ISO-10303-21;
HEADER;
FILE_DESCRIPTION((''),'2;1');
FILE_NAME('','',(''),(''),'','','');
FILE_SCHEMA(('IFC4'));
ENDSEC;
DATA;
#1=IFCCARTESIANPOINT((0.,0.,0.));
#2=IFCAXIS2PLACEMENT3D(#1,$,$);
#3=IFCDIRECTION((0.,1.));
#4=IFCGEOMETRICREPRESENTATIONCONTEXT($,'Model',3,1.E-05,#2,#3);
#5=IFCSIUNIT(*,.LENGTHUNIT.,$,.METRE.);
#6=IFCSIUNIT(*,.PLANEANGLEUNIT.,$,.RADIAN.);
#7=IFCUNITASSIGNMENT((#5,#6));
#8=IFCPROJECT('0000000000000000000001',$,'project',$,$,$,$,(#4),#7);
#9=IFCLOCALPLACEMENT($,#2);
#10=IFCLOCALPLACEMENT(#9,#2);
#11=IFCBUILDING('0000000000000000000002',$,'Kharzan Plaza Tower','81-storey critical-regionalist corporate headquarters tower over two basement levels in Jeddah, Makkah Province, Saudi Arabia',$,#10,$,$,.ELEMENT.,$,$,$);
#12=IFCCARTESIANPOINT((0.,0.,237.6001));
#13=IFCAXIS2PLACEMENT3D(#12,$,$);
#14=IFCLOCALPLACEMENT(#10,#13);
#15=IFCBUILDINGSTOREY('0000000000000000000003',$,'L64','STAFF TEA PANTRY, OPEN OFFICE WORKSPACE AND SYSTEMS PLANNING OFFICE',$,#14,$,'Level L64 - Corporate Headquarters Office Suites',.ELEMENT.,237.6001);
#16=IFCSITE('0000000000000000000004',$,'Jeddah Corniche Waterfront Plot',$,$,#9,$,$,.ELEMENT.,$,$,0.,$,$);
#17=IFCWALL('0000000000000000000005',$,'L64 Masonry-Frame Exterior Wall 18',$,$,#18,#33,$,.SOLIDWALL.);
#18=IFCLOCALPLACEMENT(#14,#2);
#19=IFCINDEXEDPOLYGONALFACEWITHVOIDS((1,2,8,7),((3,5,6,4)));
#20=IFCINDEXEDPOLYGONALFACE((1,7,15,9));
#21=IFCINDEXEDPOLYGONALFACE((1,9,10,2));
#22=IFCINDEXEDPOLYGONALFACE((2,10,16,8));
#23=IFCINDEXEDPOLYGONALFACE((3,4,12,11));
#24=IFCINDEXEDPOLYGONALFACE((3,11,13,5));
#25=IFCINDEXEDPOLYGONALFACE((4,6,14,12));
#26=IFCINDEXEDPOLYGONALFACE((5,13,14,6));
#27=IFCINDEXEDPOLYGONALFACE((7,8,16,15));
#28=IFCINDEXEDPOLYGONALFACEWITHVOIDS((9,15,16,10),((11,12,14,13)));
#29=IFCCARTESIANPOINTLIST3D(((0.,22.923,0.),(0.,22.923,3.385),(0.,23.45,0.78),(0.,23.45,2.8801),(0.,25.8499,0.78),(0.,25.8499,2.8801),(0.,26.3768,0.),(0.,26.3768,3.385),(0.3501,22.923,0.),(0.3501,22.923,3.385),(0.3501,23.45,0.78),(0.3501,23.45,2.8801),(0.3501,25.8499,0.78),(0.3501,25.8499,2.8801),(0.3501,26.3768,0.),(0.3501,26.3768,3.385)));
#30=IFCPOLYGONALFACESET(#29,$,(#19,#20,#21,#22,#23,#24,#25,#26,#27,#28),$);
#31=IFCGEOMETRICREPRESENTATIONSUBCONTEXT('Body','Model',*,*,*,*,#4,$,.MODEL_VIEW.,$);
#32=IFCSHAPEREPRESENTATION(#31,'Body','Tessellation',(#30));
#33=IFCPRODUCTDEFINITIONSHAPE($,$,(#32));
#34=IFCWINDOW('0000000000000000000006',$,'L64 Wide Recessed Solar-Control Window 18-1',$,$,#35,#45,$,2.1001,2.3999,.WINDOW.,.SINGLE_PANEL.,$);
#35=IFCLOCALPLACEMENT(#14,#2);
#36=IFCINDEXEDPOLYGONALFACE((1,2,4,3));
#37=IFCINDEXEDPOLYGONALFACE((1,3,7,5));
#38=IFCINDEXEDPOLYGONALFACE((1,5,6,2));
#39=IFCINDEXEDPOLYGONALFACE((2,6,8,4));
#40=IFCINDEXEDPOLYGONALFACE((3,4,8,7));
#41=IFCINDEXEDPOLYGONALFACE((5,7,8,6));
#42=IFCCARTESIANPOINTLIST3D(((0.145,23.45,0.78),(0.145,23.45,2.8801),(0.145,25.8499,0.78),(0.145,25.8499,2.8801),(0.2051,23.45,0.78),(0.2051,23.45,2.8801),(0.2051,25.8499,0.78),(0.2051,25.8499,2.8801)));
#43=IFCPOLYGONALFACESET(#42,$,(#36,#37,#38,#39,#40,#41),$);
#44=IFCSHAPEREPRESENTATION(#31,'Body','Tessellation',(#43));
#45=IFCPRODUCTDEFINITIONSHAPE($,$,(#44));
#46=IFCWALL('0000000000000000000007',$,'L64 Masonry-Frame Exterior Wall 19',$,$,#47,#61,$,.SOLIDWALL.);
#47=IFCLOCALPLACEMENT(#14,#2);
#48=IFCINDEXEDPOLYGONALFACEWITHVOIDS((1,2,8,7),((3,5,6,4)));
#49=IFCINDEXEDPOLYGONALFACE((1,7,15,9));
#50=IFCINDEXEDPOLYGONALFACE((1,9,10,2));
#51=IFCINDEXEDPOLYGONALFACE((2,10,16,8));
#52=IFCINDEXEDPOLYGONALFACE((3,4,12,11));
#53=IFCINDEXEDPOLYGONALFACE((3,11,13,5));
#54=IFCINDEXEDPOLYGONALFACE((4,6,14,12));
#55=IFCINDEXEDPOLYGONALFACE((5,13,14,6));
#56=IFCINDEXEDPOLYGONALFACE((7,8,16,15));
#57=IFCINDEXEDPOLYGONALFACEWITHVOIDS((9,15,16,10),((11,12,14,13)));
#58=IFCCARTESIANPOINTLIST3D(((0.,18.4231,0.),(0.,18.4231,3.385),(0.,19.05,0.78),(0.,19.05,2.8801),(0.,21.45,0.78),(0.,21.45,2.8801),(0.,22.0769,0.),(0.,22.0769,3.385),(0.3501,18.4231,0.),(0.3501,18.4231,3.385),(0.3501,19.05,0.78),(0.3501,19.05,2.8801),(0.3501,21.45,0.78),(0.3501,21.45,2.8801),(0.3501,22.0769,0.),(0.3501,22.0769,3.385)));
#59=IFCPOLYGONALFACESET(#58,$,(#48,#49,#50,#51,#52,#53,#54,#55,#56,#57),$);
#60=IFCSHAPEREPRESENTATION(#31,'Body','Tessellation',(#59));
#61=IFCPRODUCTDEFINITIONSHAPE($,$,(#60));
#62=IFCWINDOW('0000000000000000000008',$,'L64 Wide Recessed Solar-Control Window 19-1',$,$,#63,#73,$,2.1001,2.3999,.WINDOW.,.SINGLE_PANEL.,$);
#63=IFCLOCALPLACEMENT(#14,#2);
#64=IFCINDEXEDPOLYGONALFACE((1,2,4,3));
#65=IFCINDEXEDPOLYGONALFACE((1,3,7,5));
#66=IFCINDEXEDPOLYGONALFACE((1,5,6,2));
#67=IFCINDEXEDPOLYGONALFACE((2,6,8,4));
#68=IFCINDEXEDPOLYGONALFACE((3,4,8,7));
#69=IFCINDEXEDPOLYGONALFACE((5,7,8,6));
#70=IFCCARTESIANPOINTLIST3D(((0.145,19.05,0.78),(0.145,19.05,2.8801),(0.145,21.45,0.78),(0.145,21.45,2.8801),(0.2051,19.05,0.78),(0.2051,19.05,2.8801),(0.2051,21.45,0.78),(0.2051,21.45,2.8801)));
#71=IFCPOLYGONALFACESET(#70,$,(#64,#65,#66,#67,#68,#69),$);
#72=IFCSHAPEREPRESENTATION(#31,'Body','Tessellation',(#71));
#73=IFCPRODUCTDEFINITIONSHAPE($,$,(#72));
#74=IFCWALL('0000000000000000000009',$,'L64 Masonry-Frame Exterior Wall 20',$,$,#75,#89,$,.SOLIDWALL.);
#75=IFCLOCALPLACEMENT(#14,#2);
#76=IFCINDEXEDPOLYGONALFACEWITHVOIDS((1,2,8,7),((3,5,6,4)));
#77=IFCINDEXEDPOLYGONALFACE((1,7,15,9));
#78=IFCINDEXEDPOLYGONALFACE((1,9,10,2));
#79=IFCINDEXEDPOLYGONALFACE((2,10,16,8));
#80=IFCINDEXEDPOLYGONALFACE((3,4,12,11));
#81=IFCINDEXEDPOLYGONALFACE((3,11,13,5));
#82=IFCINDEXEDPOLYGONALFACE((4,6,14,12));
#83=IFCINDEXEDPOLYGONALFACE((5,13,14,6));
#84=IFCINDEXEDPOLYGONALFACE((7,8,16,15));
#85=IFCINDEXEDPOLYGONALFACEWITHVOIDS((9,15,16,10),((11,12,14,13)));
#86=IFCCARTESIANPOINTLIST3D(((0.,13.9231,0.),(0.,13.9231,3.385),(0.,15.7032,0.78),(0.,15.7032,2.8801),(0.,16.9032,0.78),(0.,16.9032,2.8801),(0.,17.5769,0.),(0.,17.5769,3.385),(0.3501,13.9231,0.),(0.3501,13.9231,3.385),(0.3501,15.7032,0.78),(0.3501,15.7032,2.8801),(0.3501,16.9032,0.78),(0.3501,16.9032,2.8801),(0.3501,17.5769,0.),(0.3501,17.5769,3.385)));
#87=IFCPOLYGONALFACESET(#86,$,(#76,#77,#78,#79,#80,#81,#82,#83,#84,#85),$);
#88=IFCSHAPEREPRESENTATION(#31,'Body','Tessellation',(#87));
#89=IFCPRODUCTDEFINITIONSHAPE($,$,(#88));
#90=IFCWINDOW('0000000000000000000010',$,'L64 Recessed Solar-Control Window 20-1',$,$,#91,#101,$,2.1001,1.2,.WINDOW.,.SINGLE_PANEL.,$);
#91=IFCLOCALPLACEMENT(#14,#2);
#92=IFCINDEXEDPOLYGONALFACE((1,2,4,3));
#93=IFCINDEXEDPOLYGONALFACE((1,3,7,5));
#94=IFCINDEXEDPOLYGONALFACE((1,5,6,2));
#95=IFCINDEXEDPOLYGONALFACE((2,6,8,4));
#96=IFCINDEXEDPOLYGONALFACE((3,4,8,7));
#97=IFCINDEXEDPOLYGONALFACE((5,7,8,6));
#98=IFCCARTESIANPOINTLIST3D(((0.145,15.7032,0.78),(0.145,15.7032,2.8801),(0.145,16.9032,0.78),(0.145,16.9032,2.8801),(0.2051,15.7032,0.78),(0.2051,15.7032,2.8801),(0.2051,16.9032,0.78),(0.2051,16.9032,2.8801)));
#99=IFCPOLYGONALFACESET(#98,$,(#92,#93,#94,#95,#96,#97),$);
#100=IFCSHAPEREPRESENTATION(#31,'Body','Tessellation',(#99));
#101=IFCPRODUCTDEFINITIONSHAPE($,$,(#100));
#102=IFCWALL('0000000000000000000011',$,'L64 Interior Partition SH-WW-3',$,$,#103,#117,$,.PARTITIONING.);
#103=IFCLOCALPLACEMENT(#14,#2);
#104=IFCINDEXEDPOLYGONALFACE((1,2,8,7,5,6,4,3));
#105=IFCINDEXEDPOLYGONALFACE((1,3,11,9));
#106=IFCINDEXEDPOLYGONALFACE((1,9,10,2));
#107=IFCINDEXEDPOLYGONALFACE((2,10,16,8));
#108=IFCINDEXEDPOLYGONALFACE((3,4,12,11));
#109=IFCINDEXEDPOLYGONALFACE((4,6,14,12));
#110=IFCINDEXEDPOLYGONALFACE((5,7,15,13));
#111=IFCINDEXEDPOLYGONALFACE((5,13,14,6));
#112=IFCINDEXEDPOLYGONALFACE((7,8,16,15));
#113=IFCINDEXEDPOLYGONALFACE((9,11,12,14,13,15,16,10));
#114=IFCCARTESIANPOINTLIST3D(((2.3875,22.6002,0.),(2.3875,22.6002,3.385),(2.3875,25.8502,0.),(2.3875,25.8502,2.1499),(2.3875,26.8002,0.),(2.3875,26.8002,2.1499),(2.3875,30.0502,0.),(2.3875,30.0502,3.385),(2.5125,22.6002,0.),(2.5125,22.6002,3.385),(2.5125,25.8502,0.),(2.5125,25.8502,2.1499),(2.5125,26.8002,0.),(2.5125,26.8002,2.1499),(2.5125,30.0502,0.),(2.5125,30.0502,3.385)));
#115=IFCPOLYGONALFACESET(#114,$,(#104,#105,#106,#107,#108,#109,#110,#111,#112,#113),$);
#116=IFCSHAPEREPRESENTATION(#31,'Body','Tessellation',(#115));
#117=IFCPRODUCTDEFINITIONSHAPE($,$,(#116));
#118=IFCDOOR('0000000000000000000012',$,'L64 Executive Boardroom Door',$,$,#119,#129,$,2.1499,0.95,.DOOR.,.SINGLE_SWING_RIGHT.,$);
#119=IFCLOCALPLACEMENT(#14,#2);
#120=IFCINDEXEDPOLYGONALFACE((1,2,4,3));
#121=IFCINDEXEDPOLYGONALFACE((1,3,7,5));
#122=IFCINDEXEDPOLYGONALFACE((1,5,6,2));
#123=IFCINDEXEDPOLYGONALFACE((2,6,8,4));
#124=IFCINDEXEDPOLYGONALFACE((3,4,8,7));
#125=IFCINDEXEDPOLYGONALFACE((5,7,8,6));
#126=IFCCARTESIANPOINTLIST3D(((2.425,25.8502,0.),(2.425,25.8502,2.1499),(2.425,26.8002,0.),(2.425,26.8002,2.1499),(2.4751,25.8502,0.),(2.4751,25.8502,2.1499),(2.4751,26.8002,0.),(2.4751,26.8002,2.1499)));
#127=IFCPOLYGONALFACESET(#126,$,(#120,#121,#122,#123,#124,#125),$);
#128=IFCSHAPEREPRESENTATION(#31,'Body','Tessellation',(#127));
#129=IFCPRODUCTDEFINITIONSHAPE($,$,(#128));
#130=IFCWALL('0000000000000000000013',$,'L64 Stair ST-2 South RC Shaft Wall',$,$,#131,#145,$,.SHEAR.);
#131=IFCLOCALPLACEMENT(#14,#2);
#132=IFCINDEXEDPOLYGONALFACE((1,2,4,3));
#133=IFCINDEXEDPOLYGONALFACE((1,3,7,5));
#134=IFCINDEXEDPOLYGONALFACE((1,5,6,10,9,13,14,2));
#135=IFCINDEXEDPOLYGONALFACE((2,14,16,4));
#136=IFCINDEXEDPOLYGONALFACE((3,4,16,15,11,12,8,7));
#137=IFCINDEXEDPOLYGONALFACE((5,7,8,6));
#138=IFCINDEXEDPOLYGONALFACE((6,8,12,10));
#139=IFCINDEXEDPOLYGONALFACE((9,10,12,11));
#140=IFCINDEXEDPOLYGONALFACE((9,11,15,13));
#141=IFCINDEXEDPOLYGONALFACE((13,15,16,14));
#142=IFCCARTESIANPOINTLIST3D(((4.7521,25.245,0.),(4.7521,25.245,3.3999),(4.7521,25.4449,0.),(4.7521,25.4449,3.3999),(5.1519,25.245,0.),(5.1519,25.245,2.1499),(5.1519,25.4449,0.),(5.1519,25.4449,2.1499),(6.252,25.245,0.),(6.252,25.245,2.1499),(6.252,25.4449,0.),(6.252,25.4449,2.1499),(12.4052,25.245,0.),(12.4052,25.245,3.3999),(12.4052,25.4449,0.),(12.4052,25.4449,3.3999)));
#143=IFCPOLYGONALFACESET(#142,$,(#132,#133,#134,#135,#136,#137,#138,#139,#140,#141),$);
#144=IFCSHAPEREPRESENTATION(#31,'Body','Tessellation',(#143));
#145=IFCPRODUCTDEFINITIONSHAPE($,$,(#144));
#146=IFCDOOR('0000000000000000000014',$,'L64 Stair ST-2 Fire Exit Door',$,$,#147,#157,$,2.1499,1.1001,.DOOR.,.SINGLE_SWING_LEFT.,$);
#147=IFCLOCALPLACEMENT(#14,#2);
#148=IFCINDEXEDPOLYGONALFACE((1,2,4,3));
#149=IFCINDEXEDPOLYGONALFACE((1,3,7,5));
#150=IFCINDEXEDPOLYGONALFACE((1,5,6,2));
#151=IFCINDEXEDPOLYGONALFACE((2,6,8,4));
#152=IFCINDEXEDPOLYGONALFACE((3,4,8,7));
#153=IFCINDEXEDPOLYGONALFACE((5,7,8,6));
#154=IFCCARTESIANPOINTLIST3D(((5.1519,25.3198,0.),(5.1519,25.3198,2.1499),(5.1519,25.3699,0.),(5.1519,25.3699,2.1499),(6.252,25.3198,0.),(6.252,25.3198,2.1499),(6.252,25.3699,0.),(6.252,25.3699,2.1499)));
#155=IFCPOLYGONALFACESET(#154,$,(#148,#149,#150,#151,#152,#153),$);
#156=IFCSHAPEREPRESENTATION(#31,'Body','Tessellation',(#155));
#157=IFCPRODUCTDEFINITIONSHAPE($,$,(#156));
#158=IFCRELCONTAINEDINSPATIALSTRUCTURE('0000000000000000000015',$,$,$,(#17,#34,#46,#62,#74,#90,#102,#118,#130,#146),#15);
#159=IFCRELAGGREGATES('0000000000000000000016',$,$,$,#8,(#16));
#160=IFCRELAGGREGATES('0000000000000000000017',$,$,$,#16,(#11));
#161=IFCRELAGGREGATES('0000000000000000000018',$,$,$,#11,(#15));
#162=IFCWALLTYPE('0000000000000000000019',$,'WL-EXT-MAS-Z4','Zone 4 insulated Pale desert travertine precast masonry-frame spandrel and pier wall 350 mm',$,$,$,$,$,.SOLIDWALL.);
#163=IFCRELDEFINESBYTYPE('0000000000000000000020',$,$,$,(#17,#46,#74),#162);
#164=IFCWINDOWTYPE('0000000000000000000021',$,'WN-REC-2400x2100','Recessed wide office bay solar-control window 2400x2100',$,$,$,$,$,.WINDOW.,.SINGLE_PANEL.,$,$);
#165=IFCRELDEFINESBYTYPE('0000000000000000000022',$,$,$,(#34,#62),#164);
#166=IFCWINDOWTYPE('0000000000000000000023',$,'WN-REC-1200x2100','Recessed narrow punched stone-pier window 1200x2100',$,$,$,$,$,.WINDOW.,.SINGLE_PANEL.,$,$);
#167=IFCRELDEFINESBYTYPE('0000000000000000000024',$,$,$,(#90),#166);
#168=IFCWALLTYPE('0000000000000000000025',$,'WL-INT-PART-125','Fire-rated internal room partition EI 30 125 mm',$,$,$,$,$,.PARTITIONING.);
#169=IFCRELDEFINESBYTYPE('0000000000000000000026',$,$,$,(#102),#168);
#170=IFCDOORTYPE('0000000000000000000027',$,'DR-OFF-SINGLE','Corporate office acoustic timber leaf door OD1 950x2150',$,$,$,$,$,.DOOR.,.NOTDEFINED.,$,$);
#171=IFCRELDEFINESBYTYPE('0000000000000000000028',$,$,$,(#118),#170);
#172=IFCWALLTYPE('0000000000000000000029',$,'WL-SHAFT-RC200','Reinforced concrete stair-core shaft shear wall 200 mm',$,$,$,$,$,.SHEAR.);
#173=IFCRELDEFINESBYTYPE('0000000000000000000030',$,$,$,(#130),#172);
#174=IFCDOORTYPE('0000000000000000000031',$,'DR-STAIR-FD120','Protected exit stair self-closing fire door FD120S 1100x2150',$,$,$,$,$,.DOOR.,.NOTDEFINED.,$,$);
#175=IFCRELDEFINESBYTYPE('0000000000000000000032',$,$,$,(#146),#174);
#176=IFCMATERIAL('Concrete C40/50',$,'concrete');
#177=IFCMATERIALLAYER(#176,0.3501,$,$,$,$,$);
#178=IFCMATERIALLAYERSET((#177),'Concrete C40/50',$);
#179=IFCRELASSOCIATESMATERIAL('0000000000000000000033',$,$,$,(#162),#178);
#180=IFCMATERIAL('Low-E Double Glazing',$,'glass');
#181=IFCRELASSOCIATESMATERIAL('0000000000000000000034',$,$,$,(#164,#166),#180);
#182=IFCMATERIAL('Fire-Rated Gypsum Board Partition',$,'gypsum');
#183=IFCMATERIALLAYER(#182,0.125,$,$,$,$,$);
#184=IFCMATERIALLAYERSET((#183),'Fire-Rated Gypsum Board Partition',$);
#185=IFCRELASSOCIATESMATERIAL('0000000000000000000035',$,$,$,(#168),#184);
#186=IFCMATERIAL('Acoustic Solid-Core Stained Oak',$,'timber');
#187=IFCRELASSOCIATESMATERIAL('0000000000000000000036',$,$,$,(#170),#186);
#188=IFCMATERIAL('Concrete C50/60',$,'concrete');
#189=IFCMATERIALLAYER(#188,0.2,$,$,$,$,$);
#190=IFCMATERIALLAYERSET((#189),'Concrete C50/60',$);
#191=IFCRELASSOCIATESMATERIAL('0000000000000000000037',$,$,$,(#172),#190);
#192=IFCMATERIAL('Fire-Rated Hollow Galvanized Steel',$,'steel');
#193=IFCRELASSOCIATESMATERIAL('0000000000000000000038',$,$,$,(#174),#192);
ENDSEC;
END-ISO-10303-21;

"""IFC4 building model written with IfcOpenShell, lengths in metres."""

from ifc_helpers import new_model, si_unit, direction, frame, frame_2d, origin, place, context, subcontext, project, spatial, rectangle, extrude, source, transform, mapped, material, layer, layer_set, type_object, element, fill, save


model = new_model("IFC4")

# Units and contexts
model_context = context("Model", 3, precision=1e-05, world=origin(), true_north=direction((0.0, 1.0)))
body_context = subcontext(model_context, "Body", "Model", "MODEL_VIEW")
ifc_project = project(units=[si_unit("LENGTHUNIT", "METRE"), si_unit("PLANEANGLEUNIT", "RADIAN")], contexts=[model_context])

# Site, building, storey
site_placement = place(None, origin())
site = spatial("IfcSite", under=ifc_project, at=site_placement, Name="Jeddah Corniche Waterfront Plot", CompositionType="ELEMENT", RefElevation=0.0)
building_placement = place(site_placement, origin())
building = spatial("IfcBuilding", under=site, at=building_placement, Name="Kharzan Plaza Tower", Description="81-storey critical-regionalist corporate headquarters tower over two basement levels in Jeddah, Makkah Province, Saudi Arabia", CompositionType="ELEMENT")
storey_placement = place(building_placement, frame((0.0, 0.0, 237.6001)))
storey = spatial("IfcBuildingStorey", under=building, at=storey_placement, Name="L64", Description="STAFF TEA PANTRY, OPEN OFFICE WORKSPACE AND SYSTEMS PLANNING OFFICE", LongName="Level L64 - Corporate Headquarters Office Suites", CompositionType="ELEMENT", Elevation=237.6001)

# Shared definitions
ifc_material_1 = material(Name="Concrete C50/60", Category="concrete")

# Walls, openings, windows
ifc_material_2 = material(Name="Concrete C40/50", Category="concrete")
ifc_layer_1 = layer(ifc_material_2, 0.3501)
ifc_layer_set_1 = layer_set([ifc_layer_1], Name="Concrete C40/50")
wall_type_1 = type_object("IfcWallType", Name="WL-EXT-MAS-Z4", Description="Zone 4 insulated Pale desert travertine precast masonry-frame spandrel and pier wall 350 mm", PredefinedType="SOLIDWALL", material=ifc_layer_set_1)
wall_1_placement = place(storey_placement, frame((0.175, 26.377, 0.0), z_axis=(0.0, 0.0, 1.0), x_axis=(0.0, -1.0, 0.0)))
wall_1 = element("IfcWall", 1, at=wall_1_placement, inside=storey, type_object=wall_type_1, Name="L64 Masonry-Frame Exterior Wall 18", PredefinedType="SOLIDWALL", context=body_context, shape_type="SweptSolid", body=[
    extrude(rectangle(XDim=3.4539, YDim=0.3501, at=frame_2d((1.7271, 0.0))), origin(), (0.0, 0.0, 1.0), 3.385),
])
opening_1_placement = place(wall_1_placement, frame((0.5271, 0.0, 0.78)))
opening_1 = element("IfcOpeningElement", 2, at=opening_1_placement, cuts=wall_1, PredefinedType="OPENING", context=body_context, shape_type="SweptSolid", body=[
    extrude(rectangle(XDim=2.3999, YDim=2.1001, at=frame_2d((1.2, 1.05))), frame((0.0, 0.1851, 0.0), z_axis=(0.0, -1.0, 0.0), x_axis=(1.0, 0.0, 0.0)), (0.0, 0.0, 1.0), 0.3701),
])
ifc_material_3 = material(Name="Low-E Double Glazing", Category="glass")
window_type_1 = type_object("IfcWindowType", Name="WN-REC-2400x2100", Description="Recessed wide office bay solar-control window 2400x2100", PartitioningType="SINGLE_PANEL", PredefinedType="WINDOW", material=ifc_material_3)
shared_shape_1 = source(origin(), body_context, "Body", "SweptSolid", [
    extrude(rectangle(XDim=2.3999, YDim=2.1001, at=frame_2d((1.2, 1.05))), frame((0.0, 0.03, 0.0), z_axis=(0.0, -1.0, 0.0), x_axis=(1.0, 0.0, 0.0)), (0.0, 0.0, 1.0), 0.0601),
])
window_1_placement = place(opening_1_placement, origin())
window_1 = element("IfcWindow", 3, at=window_1_placement, inside=storey, type_object=window_type_1, Name="L64 Wide Recessed Solar-Control Window 18-1", OverallHeight=2.1001, OverallWidth=2.3999, PartitioningType="SINGLE_PANEL", PredefinedType="WINDOW", context=body_context, shape_type="MappedRepresentation", body=[
    mapped(shared_shape_1, transform((0.0, 0.0, 0.0), x_axis=(1.0, 0.0, 0.0), y_axis=(0.0, 1.0, 0.0), z_axis=(0.0, 0.0, 1.0))),
])
fill(opening_1, window_1)
wall_2_placement = place(storey_placement, frame((0.175, 22.0769, 0.0), z_axis=(0.0, 0.0, 1.0), x_axis=(0.0, -1.0, 0.0)))
wall_2 = element("IfcWall", 4, at=wall_2_placement, inside=storey, type_object=wall_type_1, Name="L64 Masonry-Frame Exterior Wall 19", PredefinedType="SOLIDWALL", context=body_context, shape_type="SweptSolid", body=[
    extrude(rectangle(XDim=3.6538, YDim=0.3501, at=frame_2d((1.8269, 0.0))), origin(), (0.0, 0.0, 1.0), 3.385),
])
opening_2_placement = place(wall_2_placement, frame((0.627, 0.0, 0.78)))
opening_2 = element("IfcOpeningElement", 5, at=opening_2_placement, cuts=wall_2, PredefinedType="OPENING", context=body_context, shape_type="SweptSolid", body=[
    extrude(rectangle(XDim=2.3999, YDim=2.1001, at=frame_2d((1.2, 1.05))), frame((0.0, 0.1851, 0.0), z_axis=(0.0, -1.0, 0.0), x_axis=(1.0, 0.0, 0.0)), (0.0, 0.0, 1.0), 0.3701),
])
window_2_placement = place(opening_2_placement, origin())
window_2 = element("IfcWindow", 6, at=window_2_placement, inside=storey, type_object=window_type_1, Name="L64 Wide Recessed Solar-Control Window 19-1", OverallHeight=2.1001, OverallWidth=2.3999, PartitioningType="SINGLE_PANEL", PredefinedType="WINDOW", context=body_context, shape_type="MappedRepresentation", body=[
    mapped(shared_shape_1, transform((0.0, 0.0, 0.0), x_axis=(1.0, 0.0, 0.0), y_axis=(0.0, 1.0, 0.0), z_axis=(0.0, 0.0, 1.0))),
])
fill(opening_2, window_2)
wall_3_placement = place(storey_placement, frame((0.175, 17.5769, 0.0), z_axis=(0.0, 0.0, 1.0), x_axis=(0.0, -1.0, 0.0)))
wall_3 = element("IfcWall", 7, at=wall_3_placement, inside=storey, type_object=wall_type_1, Name="L64 Masonry-Frame Exterior Wall 20", PredefinedType="SOLIDWALL", context=body_context, shape_type="SweptSolid", body=[
    extrude(rectangle(XDim=3.6538, YDim=0.3501, at=frame_2d((1.8269, 0.0))), origin(), (0.0, 0.0, 1.0), 3.385),
])
opening_3_placement = place(wall_3_placement, frame((0.6736, 0.0, 0.78)))
opening_3 = element("IfcOpeningElement", 8, at=opening_3_placement, cuts=wall_3, PredefinedType="OPENING", context=body_context, shape_type="SweptSolid", body=[
    extrude(rectangle(XDim=1.2, YDim=2.1001, at=frame_2d((0.6001, 1.05))), frame((0.0, 0.1851, 0.0), z_axis=(0.0, -1.0, 0.0), x_axis=(1.0, 0.0, 0.0)), (0.0, 0.0, 1.0), 0.3701),
])
window_type_2 = type_object("IfcWindowType", Name="WN-REC-1200x2100", Description="Recessed narrow punched stone-pier window 1200x2100", PartitioningType="SINGLE_PANEL", PredefinedType="WINDOW", material=ifc_material_3)
shared_shape_2 = source(origin(), body_context, "Body", "SweptSolid", [
    extrude(rectangle(XDim=1.2, YDim=2.1001, at=frame_2d((0.6001, 1.05))), frame((0.0, 0.03, 0.0), z_axis=(0.0, -1.0, 0.0), x_axis=(1.0, 0.0, 0.0)), (0.0, 0.0, 1.0), 0.0601),
])
window_3_placement = place(opening_3_placement, origin())
window_3 = element("IfcWindow", 9, at=window_3_placement, inside=storey, type_object=window_type_2, Name="L64 Recessed Solar-Control Window 20-1", OverallHeight=2.1001, OverallWidth=1.2, PartitioningType="SINGLE_PANEL", PredefinedType="WINDOW", context=body_context, shape_type="MappedRepresentation", body=[
    mapped(shared_shape_2, transform((0.0, 0.0, 0.0), x_axis=(1.0, 0.0, 0.0), y_axis=(0.0, 1.0, 0.0), z_axis=(0.0, 0.0, 1.0))),
])
fill(opening_3, window_3)

# Walls, openings, doors
ifc_material_4 = material(Name="Fire-Rated Gypsum Board Partition", Category="gypsum")
ifc_layer_2 = layer(ifc_material_4, 0.125)
ifc_layer_set_2 = layer_set([ifc_layer_2], Name="Fire-Rated Gypsum Board Partition")
wall_type_2 = type_object("IfcWallType", Name="WL-INT-PART-125", Description="Fire-rated internal room partition EI 30 125 mm", PredefinedType="PARTITIONING", material=ifc_layer_set_2)
wall_4_placement = place(storey_placement, frame((2.45, 22.6001, 0.0), z_axis=(0.0, 0.0, 1.0), x_axis=(0.0, 1.0, 0.0)))
wall_4 = element("IfcWall", 10, at=wall_4_placement, inside=storey, type_object=wall_type_2, Name="L64 Interior Partition SH-WW-3", PredefinedType="PARTITIONING", context=body_context, shape_type="SweptSolid", body=[
    extrude(rectangle(XDim=7.45, YDim=0.125, at=frame_2d((3.7251, 0.0))), origin(), (0.0, 0.0, 1.0), 3.385),
])
opening_4_placement = place(wall_4_placement, frame((3.25, 0.0, 0.0)))
opening_4 = element("IfcOpeningElement", 11, at=opening_4_placement, cuts=wall_4, PredefinedType="OPENING", context=body_context, shape_type="SweptSolid", body=[
    extrude(rectangle(XDim=0.95, YDim=2.1499, at=frame_2d((0.4751, 1.075))), frame((0.0, 0.0725, 0.0), z_axis=(0.0, -1.0, 0.0), x_axis=(1.0, 0.0, 0.0)), (0.0, 0.0, 1.0), 0.145),
])
ifc_material_5 = material(Name="Acoustic Solid-Core Stained Oak", Category="timber")
door_type_1 = type_object("IfcDoorType", Name="DR-OFF-SINGLE", Description="Corporate office acoustic timber leaf door OD1 950x2150", OperationType="NOTDEFINED", PredefinedType="DOOR", material=ifc_material_5)
shared_shape_3 = source(origin(), body_context, "Body", "SweptSolid", [
    extrude(rectangle(XDim=0.95, YDim=2.1499, at=frame_2d((0.4751, 1.075))), frame((0.0, 0.0249, 0.0), z_axis=(0.0, -1.0, 0.0), x_axis=(1.0, 0.0, 0.0)), (0.0, 0.0, 1.0), 0.05),
])
door_1_placement = place(opening_4_placement, origin())
door_1 = element("IfcDoor", 12, at=door_1_placement, inside=storey, type_object=door_type_1, Name="L64 Executive Boardroom Door", OperationType="SINGLE_SWING_RIGHT", OverallHeight=2.1499, OverallWidth=0.95, PredefinedType="DOOR", context=body_context, shape_type="MappedRepresentation", body=[
    mapped(shared_shape_3, transform((0.0, 0.0, 0.0), x_axis=(1.0, 0.0, 0.0), y_axis=(0.0, 1.0, 0.0), z_axis=(0.0, 0.0, 1.0))),
])
fill(opening_4, door_1)
ifc_layer_3 = layer(ifc_material_1, 0.2)
ifc_layer_set_3 = layer_set([ifc_layer_3], Name="Concrete C50/60")
wall_type_3 = type_object("IfcWallType", Name="WL-SHAFT-RC200", Description="Reinforced concrete stair-core shaft shear wall 200 mm", PredefinedType="SHEAR", material=ifc_layer_set_3)
wall_5_placement = place(storey_placement, frame((4.752, 25.345, 0.0), z_axis=(0.0, 0.0, 1.0), x_axis=(1.0, 0.0, 0.0)))
wall_5 = element("IfcWall", 13, at=wall_5_placement, inside=storey, type_object=wall_type_3, Name="L64 Stair ST-2 South RC Shaft Wall", PredefinedType="SHEAR", context=body_context, shape_type="SweptSolid", body=[
    extrude(rectangle(XDim=7.6531, YDim=0.2, at=frame_2d((3.8267, 0.0))), origin(), (0.0, 0.0, 1.0), 3.3999),
])
opening_5_placement = place(wall_5_placement, frame((0.3999, 0.0, 0.0)))
opening_5 = element("IfcOpeningElement", 14, at=opening_5_placement, cuts=wall_5, PredefinedType="OPENING", context=body_context, shape_type="SweptSolid", body=[
    extrude(rectangle(XDim=1.1001, YDim=2.1499, at=frame_2d((0.55, 1.075))), frame((0.0, 0.1099, 0.0), z_axis=(0.0, -1.0, 0.0), x_axis=(1.0, 0.0, 0.0)), (0.0, 0.0, 1.0), 0.22),
])
ifc_material_6 = material(Name="Fire-Rated Hollow Galvanized Steel", Category="steel")
door_type_2 = type_object("IfcDoorType", Name="DR-STAIR-FD120", Description="Protected exit stair self-closing fire door FD120S 1100x2150", OperationType="NOTDEFINED", PredefinedType="DOOR", material=ifc_material_6)
shared_shape_4 = source(origin(), body_context, "Body", "SweptSolid", [
    extrude(rectangle(XDim=1.1001, YDim=2.1499, at=frame_2d((0.55, 1.075))), frame((0.0, 0.0249, 0.0), z_axis=(0.0, -1.0, 0.0), x_axis=(1.0, 0.0, 0.0)), (0.0, 0.0, 1.0), 0.05),
])
door_2_placement = place(opening_5_placement, origin())
door_2 = element("IfcDoor", 15, at=door_2_placement, inside=storey, type_object=door_type_2, Name="L64 Stair ST-2 Fire Exit Door", OperationType="SINGLE_SWING_LEFT", OverallHeight=2.1499, OverallWidth=1.1001, PredefinedType="DOOR", context=body_context, shape_type="MappedRepresentation", body=[
    mapped(shared_shape_4, transform((0.0, 0.0, 0.0), x_axis=(1.0, 0.0, 0.0), y_axis=(0.0, 1.0, 0.0), z_axis=(0.0, 0.0, 1.0))),
])
fill(opening_5, door_2)

save(model, "model.ifc")
